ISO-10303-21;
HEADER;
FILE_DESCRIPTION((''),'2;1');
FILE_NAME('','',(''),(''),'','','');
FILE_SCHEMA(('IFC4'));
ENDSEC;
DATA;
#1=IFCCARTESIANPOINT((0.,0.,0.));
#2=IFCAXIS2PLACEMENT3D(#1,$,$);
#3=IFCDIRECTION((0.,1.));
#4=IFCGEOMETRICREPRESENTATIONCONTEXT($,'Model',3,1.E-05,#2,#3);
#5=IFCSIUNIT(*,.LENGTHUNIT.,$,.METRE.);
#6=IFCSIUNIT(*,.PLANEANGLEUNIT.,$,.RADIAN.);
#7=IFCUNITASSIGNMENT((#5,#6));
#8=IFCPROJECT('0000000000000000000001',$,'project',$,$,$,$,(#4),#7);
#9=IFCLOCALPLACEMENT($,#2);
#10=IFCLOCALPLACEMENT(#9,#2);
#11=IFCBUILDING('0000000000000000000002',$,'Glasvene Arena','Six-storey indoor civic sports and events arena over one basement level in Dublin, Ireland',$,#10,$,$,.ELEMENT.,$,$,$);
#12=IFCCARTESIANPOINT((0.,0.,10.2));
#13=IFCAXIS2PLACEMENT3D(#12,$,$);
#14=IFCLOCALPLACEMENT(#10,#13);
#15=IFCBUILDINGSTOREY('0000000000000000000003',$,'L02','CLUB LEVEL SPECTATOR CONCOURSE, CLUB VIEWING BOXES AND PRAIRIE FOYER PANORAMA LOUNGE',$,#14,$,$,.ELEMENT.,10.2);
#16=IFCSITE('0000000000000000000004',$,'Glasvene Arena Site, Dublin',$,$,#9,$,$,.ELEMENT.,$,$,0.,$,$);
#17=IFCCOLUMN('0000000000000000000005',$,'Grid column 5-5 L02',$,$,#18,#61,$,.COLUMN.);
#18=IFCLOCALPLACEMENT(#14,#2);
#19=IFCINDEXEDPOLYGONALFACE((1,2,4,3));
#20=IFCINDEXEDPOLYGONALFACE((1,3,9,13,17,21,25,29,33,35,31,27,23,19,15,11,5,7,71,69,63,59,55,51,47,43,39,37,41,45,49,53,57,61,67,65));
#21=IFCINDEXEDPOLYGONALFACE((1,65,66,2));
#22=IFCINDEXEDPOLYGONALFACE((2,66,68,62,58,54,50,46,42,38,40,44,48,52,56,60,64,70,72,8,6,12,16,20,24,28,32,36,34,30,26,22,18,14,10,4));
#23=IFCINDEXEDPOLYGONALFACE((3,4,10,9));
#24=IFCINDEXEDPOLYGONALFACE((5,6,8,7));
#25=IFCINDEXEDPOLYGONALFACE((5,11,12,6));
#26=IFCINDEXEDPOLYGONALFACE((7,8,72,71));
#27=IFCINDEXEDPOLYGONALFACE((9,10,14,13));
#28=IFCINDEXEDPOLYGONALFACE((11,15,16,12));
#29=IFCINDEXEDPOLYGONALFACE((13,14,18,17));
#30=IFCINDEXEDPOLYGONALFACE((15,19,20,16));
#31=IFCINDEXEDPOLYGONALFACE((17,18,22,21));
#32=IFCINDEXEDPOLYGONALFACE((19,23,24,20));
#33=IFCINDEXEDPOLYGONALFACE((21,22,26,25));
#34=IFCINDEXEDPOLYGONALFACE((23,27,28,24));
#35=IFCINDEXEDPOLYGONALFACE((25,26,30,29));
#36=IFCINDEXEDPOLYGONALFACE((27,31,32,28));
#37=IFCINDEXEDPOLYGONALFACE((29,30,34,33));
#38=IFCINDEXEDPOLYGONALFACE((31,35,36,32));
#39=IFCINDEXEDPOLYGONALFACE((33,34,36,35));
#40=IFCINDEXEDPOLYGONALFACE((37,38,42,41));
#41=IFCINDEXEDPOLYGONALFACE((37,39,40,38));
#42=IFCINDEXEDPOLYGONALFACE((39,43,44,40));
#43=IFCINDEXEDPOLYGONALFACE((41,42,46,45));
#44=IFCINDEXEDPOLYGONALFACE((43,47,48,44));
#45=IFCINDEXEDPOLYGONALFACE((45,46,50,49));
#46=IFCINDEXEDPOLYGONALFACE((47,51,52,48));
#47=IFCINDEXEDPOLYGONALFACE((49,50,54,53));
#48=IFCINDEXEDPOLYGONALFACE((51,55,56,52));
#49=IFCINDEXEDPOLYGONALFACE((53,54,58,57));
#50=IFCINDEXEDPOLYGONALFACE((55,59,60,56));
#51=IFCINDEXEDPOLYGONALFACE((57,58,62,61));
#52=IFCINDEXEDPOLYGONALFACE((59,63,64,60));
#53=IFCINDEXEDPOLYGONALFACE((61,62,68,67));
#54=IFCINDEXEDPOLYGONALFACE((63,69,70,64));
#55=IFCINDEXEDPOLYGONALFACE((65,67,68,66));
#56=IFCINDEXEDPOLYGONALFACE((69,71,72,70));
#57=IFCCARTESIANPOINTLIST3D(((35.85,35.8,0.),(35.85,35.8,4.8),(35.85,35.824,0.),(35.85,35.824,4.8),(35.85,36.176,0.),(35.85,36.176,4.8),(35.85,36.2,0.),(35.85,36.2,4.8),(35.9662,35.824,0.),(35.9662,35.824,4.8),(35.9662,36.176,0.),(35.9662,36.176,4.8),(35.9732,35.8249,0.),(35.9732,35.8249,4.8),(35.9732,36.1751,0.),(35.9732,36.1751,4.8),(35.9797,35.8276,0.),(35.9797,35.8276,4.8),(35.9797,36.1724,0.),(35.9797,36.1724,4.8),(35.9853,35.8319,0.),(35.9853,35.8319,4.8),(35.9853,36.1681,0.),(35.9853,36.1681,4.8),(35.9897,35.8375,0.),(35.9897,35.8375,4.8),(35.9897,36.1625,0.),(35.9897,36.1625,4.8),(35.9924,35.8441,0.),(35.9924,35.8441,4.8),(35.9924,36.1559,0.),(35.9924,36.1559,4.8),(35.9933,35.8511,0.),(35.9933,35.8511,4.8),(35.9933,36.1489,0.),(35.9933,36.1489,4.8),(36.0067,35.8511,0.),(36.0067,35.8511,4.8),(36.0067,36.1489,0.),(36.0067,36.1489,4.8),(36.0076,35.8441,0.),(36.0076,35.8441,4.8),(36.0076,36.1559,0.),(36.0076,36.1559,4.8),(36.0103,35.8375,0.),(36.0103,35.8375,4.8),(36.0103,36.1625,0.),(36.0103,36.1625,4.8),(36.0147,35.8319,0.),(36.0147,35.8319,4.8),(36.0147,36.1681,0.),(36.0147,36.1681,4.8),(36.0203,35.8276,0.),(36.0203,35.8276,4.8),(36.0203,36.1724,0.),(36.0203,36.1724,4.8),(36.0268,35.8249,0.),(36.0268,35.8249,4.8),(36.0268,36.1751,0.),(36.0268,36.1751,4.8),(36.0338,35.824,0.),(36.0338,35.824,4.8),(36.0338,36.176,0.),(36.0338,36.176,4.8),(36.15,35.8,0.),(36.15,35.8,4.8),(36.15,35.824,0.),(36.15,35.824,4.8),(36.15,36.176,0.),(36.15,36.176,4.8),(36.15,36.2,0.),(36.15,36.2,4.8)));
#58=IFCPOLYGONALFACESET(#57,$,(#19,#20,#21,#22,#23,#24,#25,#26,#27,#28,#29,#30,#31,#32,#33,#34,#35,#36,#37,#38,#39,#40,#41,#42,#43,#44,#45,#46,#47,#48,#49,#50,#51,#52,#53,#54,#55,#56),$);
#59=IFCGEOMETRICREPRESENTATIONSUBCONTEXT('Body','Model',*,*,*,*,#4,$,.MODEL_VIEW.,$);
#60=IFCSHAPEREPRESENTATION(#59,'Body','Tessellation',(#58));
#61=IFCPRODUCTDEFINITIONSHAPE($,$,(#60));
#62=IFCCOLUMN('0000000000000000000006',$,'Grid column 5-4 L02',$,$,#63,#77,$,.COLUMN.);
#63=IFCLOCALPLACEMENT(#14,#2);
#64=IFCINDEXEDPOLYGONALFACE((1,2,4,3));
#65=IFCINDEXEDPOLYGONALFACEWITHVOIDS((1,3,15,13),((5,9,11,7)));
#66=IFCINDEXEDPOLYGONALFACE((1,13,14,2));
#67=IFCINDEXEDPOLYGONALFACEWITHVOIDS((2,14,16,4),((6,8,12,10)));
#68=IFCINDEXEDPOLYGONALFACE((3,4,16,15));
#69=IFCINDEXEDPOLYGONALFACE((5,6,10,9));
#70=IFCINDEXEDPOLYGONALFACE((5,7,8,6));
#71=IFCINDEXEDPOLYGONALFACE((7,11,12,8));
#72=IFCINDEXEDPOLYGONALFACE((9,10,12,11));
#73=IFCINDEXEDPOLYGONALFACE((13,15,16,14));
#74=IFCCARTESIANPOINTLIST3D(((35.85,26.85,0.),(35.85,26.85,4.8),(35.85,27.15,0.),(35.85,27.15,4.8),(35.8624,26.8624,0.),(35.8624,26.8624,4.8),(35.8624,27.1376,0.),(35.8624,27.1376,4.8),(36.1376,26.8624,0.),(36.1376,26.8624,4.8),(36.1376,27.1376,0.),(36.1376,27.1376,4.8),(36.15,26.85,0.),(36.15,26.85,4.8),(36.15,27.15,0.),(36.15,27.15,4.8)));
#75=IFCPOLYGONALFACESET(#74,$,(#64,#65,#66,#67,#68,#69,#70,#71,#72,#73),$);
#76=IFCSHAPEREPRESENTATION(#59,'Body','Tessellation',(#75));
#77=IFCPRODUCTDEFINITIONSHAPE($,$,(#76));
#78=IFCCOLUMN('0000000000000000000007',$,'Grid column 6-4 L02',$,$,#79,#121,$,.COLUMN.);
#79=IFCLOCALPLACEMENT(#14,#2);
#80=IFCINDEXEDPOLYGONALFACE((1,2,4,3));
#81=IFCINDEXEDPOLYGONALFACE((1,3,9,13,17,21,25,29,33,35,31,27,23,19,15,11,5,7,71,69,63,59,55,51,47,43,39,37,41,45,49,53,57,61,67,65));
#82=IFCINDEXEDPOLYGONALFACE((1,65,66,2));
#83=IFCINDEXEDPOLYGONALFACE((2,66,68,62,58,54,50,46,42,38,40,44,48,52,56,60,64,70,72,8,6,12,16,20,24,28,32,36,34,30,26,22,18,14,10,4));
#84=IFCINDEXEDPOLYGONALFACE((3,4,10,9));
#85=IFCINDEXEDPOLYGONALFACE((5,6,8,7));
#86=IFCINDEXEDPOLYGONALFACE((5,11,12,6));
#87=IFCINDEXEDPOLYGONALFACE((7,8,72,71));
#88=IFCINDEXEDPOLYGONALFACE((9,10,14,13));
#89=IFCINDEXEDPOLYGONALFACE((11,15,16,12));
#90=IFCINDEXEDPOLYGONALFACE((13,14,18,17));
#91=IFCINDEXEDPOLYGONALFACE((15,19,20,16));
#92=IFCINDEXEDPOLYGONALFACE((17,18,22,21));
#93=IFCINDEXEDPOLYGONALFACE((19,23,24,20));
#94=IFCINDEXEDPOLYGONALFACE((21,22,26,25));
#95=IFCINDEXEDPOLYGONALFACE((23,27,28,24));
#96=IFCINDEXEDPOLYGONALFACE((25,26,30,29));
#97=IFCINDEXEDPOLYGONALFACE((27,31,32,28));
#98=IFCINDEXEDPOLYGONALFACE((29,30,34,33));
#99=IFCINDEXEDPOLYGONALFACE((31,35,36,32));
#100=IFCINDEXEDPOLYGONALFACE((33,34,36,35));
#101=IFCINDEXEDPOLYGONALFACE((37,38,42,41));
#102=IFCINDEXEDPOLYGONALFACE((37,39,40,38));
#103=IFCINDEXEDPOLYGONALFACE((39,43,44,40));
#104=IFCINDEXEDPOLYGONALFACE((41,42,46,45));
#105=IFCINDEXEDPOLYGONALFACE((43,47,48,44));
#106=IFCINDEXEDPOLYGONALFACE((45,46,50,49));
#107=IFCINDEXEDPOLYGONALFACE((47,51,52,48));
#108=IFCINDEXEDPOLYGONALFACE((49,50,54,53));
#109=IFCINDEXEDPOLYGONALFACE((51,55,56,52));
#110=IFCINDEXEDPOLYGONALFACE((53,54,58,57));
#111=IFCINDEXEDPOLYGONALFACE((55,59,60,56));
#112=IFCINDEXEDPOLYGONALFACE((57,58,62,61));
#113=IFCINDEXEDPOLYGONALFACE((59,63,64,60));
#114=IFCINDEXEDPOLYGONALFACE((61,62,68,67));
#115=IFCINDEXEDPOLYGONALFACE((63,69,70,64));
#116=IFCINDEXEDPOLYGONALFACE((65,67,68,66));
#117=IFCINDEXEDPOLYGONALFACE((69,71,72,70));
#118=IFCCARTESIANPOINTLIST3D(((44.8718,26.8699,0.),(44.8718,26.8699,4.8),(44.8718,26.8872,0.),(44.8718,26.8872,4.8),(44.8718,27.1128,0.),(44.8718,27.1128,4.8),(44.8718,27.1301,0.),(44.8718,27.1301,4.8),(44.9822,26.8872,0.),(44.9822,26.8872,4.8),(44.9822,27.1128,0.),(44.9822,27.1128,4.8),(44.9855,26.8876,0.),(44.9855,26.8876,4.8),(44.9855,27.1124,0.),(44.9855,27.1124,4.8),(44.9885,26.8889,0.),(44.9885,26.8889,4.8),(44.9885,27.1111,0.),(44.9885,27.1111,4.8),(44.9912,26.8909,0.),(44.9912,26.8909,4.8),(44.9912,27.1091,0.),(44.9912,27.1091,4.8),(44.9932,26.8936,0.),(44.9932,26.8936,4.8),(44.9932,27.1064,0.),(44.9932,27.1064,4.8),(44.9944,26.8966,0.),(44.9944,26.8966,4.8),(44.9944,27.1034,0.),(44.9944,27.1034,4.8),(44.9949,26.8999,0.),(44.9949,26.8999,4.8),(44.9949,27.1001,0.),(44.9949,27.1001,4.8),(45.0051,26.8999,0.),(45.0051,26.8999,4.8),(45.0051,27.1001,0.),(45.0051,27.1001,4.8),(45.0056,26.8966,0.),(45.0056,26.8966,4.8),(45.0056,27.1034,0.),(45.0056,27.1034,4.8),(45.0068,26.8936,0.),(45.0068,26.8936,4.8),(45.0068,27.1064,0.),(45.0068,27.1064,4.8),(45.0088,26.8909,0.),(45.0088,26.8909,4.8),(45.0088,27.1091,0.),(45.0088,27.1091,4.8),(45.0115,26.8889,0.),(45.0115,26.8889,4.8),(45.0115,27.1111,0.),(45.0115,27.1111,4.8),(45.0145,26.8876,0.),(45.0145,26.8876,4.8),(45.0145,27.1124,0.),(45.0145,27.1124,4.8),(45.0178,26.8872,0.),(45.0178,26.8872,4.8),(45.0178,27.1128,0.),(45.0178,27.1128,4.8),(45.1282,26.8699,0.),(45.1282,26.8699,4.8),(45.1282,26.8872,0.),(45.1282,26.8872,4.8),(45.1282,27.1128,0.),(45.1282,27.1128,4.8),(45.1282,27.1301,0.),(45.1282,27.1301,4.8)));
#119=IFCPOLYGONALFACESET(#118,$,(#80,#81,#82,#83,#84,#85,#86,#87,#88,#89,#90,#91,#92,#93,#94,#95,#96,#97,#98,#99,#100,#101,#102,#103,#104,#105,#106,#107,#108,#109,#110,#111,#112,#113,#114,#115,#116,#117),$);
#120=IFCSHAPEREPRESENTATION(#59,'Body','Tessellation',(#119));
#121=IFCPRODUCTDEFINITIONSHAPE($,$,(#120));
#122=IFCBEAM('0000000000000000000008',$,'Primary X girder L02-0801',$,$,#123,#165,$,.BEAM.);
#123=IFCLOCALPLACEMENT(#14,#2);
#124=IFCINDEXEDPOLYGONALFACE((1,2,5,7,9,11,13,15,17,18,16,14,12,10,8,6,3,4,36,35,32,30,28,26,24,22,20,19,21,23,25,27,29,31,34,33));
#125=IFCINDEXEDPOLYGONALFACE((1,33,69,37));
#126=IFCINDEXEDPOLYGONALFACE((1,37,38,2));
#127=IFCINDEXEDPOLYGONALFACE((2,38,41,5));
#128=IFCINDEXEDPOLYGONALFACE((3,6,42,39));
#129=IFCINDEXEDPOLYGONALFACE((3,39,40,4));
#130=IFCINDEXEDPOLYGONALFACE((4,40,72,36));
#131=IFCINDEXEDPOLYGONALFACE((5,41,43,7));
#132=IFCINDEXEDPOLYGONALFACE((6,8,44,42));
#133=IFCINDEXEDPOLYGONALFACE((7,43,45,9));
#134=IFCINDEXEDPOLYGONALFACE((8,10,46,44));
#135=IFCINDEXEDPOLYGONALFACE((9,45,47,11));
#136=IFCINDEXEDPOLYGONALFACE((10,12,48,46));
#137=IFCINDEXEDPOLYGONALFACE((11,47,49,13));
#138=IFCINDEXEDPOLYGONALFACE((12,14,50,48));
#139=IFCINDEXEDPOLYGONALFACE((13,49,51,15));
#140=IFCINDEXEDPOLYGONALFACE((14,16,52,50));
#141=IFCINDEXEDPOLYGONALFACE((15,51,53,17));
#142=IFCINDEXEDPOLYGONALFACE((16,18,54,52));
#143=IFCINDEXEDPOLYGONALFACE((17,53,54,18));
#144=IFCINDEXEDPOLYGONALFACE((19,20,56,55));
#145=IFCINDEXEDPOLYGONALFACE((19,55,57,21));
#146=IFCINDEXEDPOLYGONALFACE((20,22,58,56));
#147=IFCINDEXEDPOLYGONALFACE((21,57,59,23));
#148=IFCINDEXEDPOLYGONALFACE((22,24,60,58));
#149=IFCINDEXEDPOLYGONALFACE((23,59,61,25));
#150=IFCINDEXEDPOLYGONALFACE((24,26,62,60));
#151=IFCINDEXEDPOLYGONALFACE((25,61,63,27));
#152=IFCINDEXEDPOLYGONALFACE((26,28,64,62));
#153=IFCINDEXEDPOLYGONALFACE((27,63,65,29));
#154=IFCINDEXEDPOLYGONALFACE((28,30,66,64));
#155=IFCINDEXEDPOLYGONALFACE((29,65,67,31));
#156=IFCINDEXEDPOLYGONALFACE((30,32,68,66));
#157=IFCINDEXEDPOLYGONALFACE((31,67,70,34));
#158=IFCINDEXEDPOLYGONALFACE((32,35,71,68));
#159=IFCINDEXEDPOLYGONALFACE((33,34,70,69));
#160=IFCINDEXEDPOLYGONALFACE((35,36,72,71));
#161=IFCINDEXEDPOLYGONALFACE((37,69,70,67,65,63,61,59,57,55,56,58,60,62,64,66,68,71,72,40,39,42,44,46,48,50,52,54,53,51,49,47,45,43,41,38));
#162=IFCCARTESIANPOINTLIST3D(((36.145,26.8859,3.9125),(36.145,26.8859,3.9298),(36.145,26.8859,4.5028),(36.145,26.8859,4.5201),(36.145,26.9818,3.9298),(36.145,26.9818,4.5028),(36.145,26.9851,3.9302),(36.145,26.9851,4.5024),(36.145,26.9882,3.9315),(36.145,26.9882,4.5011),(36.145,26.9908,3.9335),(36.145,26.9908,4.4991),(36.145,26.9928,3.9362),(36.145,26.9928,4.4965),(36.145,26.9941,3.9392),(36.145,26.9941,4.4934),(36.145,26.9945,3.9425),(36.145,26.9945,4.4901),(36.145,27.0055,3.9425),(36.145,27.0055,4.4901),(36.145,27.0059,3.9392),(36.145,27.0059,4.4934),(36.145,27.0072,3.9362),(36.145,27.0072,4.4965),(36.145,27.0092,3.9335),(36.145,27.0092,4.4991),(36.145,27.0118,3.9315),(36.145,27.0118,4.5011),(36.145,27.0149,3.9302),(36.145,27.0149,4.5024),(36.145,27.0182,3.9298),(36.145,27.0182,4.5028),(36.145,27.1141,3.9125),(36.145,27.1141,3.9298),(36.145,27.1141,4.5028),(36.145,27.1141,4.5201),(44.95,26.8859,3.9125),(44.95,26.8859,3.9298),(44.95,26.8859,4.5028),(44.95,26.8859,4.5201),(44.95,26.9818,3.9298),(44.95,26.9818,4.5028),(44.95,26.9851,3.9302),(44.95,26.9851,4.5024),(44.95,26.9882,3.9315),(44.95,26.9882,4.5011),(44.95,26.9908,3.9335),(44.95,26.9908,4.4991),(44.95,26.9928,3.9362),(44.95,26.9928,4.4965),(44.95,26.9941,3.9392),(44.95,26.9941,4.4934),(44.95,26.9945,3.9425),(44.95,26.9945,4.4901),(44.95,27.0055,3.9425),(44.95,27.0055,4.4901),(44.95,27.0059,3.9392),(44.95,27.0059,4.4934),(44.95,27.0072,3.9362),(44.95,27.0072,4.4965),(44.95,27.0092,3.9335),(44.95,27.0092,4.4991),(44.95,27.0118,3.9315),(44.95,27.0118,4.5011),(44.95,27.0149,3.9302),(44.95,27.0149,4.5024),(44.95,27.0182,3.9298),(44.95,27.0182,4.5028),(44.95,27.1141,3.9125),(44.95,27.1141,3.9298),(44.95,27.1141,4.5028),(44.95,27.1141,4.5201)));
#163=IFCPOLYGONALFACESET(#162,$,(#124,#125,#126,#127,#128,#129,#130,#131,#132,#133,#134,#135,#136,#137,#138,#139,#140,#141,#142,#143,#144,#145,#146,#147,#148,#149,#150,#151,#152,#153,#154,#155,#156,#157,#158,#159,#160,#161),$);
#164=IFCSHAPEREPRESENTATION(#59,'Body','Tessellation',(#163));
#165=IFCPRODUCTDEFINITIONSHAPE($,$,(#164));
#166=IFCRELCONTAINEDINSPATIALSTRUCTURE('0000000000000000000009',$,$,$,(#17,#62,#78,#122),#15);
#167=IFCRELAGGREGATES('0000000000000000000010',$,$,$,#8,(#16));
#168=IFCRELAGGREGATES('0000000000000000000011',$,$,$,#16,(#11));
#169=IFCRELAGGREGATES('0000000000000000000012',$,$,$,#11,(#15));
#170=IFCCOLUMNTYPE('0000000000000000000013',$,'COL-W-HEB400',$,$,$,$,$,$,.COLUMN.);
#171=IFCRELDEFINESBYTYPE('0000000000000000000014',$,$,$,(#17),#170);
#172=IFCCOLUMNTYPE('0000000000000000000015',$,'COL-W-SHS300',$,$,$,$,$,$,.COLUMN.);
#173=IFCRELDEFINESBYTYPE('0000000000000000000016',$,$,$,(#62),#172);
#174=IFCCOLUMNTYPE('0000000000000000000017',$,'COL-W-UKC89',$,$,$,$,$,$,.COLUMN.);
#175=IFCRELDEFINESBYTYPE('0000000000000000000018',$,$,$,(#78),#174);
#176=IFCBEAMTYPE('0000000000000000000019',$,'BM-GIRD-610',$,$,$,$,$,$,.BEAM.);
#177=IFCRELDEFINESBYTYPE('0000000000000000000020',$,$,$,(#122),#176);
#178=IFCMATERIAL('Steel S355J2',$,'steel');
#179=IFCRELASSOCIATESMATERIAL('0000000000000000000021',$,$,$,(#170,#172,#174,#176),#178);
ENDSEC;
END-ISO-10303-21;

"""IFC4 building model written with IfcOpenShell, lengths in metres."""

from ifc_helpers import new_model, si_unit, direction, frame, origin, origin_2d, place, context, subcontext, project, spatial, hollow_rectangle, i_section, extrude, material, material_profile, profile_set, type_object, element, save


model = new_model("IFC4")

# Units and contexts
model_context = context("Model", 3, precision=1e-05, world=origin(), true_north=direction((0.0, 1.0)))
body_context = subcontext(model_context, "Body", "Model", "MODEL_VIEW")
ifc_project = project(units=[si_unit("LENGTHUNIT", "METRE"), si_unit("PLANEANGLEUNIT", "RADIAN")], contexts=[model_context])

# Site, building, storey
site_placement = place(None, origin())
site = spatial("IfcSite", under=ifc_project, at=site_placement, Name="Glasvene Arena Site, Dublin", CompositionType="ELEMENT", RefElevation=0.0)
building_placement = place(site_placement, origin())
building = spatial("IfcBuilding", under=site, at=building_placement, Name="Glasvene Arena", Description="Six-storey indoor civic sports and events arena over one basement level in Dublin, Ireland", CompositionType="ELEMENT")
storey_placement = place(building_placement, frame((0.0, 0.0, 10.2)))
storey = spatial("IfcBuildingStorey", under=building, at=storey_placement, Name="L02", Description="CLUB LEVEL SPECTATOR CONCOURSE, CLUB VIEWING BOXES AND PRAIRIE FOYER PANORAMA LOUNGE", CompositionType="ELEMENT", Elevation=10.2)

# Columns
ifc_material_1 = material(Name="Steel S355J2", Category="steel")
ifc_material_profile_1 = material_profile(ifc_material_1, i_section(OverallWidth=0.3, OverallDepth=0.3999, WebThickness=0.0134, FlangeThickness=0.0239, FilletRadius=0.0271, at=origin_2d()), Name="HEB 400")
ifc_profile_set_1 = profile_set([ifc_material_profile_1], Name="Steel S355J2")
column_type_1 = type_object("IfcColumnType", Name="COL-W-HEB400", PredefinedType="COLUMN", material=ifc_profile_set_1)
column_1_placement = place(storey_placement, frame((36.0, 36.0, 0.0), z_axis=(0.0, 0.0, 1.0), x_axis=(1.0, 0.0, 0.0)))
element("IfcColumn", 1, at=column_1_placement, inside=storey, type_object=column_type_1, Name="Grid column 5-5 L02", PredefinedType="COLUMN", context=body_context, shape_type="SweptSolid", body=[
    extrude(i_section(OverallWidth=0.3, OverallDepth=0.3999, WebThickness=0.0134, FlangeThickness=0.0239, FilletRadius=0.0271, at=origin_2d()), origin(), (0.0, 0.0, 1.0), 4.8),
])
ifc_material_profile_2 = material_profile(ifc_material_1, hollow_rectangle(XDim=0.3, YDim=0.3, WallThickness=0.0125, at=origin_2d()), Name="SHS 300x300x12.5")
ifc_profile_set_2 = profile_set([ifc_material_profile_2], Name="Steel S355J2")
column_type_2 = type_object("IfcColumnType", Name="COL-W-SHS300", PredefinedType="COLUMN", material=ifc_profile_set_2)
column_2_placement = place(storey_placement, frame((36.0, 27.0, 0.0), z_axis=(0.0, 0.0, 1.0), x_axis=(1.0, 0.0, 0.0)))
element("IfcColumn", 2, at=column_2_placement, inside=storey, type_object=column_type_2, Name="Grid column 5-4 L02", PredefinedType="COLUMN", context=body_context, shape_type="SweptSolid", body=[
    extrude(hollow_rectangle(XDim=0.3, YDim=0.3, WallThickness=0.0125, at=origin_2d()), origin(), (0.0, 0.0, 1.0), 4.8),
])
ifc_material_profile_3 = material_profile(ifc_material_1, i_section(OverallWidth=0.2563, OverallDepth=0.2603, WebThickness=0.0103, FlangeThickness=0.0173, FilletRadius=0.0127, at=origin_2d()), Name="UKC 254x254x89")
ifc_profile_set_3 = profile_set([ifc_material_profile_3], Name="Steel S355J2")
column_type_3 = type_object("IfcColumnType", Name="COL-W-UKC89", PredefinedType="COLUMN", material=ifc_profile_set_3)
column_3_placement = place(storey_placement, frame((45.0, 27.0, 0.0), z_axis=(0.0, 0.0, 1.0), x_axis=(1.0, 0.0, 0.0)))
element("IfcColumn", 3, at=column_3_placement, inside=storey, type_object=column_type_3, Name="Grid column 6-4 L02", PredefinedType="COLUMN", context=body_context, shape_type="SweptSolid", body=[
    extrude(i_section(OverallWidth=0.2563, OverallDepth=0.2603, WebThickness=0.0103, FlangeThickness=0.0173, FilletRadius=0.0127, at=origin_2d()), origin(), (0.0, 0.0, 1.0), 4.8),
])

# Beam
ifc_material_profile_4 = material_profile(ifc_material_1, i_section(OverallWidth=0.2283, OverallDepth=0.6077, WebThickness=0.011, FlangeThickness=0.0173, FilletRadius=0.0127, at=origin_2d()), Name="UKB 610x229x113")
ifc_profile_set_4 = profile_set([ifc_material_profile_4], Name="Steel S355J2")
beam_type_1 = type_object("IfcBeamType", Name="BM-GIRD-610", PredefinedType="BEAM", material=ifc_profile_set_4)
beam_1_placement = place(storey_placement, frame((36.145, 27.0, 4.2163), z_axis=(1.0, 0.0, 0.0), x_axis=(0.0, 1.0, 0.0)))
element("IfcBeam", 4, at=beam_1_placement, inside=storey, type_object=beam_type_1, Name="Primary X girder L02-0801", PredefinedType="BEAM", context=body_context, shape_type="SweptSolid", body=[
    extrude(i_section(OverallWidth=0.2283, OverallDepth=0.6077, WebThickness=0.011, FlangeThickness=0.0173, FilletRadius=0.0127, at=origin_2d()), origin(), (0.0, 0.0, 1.0), 8.8049),
])

save(model, "model.ifc")
